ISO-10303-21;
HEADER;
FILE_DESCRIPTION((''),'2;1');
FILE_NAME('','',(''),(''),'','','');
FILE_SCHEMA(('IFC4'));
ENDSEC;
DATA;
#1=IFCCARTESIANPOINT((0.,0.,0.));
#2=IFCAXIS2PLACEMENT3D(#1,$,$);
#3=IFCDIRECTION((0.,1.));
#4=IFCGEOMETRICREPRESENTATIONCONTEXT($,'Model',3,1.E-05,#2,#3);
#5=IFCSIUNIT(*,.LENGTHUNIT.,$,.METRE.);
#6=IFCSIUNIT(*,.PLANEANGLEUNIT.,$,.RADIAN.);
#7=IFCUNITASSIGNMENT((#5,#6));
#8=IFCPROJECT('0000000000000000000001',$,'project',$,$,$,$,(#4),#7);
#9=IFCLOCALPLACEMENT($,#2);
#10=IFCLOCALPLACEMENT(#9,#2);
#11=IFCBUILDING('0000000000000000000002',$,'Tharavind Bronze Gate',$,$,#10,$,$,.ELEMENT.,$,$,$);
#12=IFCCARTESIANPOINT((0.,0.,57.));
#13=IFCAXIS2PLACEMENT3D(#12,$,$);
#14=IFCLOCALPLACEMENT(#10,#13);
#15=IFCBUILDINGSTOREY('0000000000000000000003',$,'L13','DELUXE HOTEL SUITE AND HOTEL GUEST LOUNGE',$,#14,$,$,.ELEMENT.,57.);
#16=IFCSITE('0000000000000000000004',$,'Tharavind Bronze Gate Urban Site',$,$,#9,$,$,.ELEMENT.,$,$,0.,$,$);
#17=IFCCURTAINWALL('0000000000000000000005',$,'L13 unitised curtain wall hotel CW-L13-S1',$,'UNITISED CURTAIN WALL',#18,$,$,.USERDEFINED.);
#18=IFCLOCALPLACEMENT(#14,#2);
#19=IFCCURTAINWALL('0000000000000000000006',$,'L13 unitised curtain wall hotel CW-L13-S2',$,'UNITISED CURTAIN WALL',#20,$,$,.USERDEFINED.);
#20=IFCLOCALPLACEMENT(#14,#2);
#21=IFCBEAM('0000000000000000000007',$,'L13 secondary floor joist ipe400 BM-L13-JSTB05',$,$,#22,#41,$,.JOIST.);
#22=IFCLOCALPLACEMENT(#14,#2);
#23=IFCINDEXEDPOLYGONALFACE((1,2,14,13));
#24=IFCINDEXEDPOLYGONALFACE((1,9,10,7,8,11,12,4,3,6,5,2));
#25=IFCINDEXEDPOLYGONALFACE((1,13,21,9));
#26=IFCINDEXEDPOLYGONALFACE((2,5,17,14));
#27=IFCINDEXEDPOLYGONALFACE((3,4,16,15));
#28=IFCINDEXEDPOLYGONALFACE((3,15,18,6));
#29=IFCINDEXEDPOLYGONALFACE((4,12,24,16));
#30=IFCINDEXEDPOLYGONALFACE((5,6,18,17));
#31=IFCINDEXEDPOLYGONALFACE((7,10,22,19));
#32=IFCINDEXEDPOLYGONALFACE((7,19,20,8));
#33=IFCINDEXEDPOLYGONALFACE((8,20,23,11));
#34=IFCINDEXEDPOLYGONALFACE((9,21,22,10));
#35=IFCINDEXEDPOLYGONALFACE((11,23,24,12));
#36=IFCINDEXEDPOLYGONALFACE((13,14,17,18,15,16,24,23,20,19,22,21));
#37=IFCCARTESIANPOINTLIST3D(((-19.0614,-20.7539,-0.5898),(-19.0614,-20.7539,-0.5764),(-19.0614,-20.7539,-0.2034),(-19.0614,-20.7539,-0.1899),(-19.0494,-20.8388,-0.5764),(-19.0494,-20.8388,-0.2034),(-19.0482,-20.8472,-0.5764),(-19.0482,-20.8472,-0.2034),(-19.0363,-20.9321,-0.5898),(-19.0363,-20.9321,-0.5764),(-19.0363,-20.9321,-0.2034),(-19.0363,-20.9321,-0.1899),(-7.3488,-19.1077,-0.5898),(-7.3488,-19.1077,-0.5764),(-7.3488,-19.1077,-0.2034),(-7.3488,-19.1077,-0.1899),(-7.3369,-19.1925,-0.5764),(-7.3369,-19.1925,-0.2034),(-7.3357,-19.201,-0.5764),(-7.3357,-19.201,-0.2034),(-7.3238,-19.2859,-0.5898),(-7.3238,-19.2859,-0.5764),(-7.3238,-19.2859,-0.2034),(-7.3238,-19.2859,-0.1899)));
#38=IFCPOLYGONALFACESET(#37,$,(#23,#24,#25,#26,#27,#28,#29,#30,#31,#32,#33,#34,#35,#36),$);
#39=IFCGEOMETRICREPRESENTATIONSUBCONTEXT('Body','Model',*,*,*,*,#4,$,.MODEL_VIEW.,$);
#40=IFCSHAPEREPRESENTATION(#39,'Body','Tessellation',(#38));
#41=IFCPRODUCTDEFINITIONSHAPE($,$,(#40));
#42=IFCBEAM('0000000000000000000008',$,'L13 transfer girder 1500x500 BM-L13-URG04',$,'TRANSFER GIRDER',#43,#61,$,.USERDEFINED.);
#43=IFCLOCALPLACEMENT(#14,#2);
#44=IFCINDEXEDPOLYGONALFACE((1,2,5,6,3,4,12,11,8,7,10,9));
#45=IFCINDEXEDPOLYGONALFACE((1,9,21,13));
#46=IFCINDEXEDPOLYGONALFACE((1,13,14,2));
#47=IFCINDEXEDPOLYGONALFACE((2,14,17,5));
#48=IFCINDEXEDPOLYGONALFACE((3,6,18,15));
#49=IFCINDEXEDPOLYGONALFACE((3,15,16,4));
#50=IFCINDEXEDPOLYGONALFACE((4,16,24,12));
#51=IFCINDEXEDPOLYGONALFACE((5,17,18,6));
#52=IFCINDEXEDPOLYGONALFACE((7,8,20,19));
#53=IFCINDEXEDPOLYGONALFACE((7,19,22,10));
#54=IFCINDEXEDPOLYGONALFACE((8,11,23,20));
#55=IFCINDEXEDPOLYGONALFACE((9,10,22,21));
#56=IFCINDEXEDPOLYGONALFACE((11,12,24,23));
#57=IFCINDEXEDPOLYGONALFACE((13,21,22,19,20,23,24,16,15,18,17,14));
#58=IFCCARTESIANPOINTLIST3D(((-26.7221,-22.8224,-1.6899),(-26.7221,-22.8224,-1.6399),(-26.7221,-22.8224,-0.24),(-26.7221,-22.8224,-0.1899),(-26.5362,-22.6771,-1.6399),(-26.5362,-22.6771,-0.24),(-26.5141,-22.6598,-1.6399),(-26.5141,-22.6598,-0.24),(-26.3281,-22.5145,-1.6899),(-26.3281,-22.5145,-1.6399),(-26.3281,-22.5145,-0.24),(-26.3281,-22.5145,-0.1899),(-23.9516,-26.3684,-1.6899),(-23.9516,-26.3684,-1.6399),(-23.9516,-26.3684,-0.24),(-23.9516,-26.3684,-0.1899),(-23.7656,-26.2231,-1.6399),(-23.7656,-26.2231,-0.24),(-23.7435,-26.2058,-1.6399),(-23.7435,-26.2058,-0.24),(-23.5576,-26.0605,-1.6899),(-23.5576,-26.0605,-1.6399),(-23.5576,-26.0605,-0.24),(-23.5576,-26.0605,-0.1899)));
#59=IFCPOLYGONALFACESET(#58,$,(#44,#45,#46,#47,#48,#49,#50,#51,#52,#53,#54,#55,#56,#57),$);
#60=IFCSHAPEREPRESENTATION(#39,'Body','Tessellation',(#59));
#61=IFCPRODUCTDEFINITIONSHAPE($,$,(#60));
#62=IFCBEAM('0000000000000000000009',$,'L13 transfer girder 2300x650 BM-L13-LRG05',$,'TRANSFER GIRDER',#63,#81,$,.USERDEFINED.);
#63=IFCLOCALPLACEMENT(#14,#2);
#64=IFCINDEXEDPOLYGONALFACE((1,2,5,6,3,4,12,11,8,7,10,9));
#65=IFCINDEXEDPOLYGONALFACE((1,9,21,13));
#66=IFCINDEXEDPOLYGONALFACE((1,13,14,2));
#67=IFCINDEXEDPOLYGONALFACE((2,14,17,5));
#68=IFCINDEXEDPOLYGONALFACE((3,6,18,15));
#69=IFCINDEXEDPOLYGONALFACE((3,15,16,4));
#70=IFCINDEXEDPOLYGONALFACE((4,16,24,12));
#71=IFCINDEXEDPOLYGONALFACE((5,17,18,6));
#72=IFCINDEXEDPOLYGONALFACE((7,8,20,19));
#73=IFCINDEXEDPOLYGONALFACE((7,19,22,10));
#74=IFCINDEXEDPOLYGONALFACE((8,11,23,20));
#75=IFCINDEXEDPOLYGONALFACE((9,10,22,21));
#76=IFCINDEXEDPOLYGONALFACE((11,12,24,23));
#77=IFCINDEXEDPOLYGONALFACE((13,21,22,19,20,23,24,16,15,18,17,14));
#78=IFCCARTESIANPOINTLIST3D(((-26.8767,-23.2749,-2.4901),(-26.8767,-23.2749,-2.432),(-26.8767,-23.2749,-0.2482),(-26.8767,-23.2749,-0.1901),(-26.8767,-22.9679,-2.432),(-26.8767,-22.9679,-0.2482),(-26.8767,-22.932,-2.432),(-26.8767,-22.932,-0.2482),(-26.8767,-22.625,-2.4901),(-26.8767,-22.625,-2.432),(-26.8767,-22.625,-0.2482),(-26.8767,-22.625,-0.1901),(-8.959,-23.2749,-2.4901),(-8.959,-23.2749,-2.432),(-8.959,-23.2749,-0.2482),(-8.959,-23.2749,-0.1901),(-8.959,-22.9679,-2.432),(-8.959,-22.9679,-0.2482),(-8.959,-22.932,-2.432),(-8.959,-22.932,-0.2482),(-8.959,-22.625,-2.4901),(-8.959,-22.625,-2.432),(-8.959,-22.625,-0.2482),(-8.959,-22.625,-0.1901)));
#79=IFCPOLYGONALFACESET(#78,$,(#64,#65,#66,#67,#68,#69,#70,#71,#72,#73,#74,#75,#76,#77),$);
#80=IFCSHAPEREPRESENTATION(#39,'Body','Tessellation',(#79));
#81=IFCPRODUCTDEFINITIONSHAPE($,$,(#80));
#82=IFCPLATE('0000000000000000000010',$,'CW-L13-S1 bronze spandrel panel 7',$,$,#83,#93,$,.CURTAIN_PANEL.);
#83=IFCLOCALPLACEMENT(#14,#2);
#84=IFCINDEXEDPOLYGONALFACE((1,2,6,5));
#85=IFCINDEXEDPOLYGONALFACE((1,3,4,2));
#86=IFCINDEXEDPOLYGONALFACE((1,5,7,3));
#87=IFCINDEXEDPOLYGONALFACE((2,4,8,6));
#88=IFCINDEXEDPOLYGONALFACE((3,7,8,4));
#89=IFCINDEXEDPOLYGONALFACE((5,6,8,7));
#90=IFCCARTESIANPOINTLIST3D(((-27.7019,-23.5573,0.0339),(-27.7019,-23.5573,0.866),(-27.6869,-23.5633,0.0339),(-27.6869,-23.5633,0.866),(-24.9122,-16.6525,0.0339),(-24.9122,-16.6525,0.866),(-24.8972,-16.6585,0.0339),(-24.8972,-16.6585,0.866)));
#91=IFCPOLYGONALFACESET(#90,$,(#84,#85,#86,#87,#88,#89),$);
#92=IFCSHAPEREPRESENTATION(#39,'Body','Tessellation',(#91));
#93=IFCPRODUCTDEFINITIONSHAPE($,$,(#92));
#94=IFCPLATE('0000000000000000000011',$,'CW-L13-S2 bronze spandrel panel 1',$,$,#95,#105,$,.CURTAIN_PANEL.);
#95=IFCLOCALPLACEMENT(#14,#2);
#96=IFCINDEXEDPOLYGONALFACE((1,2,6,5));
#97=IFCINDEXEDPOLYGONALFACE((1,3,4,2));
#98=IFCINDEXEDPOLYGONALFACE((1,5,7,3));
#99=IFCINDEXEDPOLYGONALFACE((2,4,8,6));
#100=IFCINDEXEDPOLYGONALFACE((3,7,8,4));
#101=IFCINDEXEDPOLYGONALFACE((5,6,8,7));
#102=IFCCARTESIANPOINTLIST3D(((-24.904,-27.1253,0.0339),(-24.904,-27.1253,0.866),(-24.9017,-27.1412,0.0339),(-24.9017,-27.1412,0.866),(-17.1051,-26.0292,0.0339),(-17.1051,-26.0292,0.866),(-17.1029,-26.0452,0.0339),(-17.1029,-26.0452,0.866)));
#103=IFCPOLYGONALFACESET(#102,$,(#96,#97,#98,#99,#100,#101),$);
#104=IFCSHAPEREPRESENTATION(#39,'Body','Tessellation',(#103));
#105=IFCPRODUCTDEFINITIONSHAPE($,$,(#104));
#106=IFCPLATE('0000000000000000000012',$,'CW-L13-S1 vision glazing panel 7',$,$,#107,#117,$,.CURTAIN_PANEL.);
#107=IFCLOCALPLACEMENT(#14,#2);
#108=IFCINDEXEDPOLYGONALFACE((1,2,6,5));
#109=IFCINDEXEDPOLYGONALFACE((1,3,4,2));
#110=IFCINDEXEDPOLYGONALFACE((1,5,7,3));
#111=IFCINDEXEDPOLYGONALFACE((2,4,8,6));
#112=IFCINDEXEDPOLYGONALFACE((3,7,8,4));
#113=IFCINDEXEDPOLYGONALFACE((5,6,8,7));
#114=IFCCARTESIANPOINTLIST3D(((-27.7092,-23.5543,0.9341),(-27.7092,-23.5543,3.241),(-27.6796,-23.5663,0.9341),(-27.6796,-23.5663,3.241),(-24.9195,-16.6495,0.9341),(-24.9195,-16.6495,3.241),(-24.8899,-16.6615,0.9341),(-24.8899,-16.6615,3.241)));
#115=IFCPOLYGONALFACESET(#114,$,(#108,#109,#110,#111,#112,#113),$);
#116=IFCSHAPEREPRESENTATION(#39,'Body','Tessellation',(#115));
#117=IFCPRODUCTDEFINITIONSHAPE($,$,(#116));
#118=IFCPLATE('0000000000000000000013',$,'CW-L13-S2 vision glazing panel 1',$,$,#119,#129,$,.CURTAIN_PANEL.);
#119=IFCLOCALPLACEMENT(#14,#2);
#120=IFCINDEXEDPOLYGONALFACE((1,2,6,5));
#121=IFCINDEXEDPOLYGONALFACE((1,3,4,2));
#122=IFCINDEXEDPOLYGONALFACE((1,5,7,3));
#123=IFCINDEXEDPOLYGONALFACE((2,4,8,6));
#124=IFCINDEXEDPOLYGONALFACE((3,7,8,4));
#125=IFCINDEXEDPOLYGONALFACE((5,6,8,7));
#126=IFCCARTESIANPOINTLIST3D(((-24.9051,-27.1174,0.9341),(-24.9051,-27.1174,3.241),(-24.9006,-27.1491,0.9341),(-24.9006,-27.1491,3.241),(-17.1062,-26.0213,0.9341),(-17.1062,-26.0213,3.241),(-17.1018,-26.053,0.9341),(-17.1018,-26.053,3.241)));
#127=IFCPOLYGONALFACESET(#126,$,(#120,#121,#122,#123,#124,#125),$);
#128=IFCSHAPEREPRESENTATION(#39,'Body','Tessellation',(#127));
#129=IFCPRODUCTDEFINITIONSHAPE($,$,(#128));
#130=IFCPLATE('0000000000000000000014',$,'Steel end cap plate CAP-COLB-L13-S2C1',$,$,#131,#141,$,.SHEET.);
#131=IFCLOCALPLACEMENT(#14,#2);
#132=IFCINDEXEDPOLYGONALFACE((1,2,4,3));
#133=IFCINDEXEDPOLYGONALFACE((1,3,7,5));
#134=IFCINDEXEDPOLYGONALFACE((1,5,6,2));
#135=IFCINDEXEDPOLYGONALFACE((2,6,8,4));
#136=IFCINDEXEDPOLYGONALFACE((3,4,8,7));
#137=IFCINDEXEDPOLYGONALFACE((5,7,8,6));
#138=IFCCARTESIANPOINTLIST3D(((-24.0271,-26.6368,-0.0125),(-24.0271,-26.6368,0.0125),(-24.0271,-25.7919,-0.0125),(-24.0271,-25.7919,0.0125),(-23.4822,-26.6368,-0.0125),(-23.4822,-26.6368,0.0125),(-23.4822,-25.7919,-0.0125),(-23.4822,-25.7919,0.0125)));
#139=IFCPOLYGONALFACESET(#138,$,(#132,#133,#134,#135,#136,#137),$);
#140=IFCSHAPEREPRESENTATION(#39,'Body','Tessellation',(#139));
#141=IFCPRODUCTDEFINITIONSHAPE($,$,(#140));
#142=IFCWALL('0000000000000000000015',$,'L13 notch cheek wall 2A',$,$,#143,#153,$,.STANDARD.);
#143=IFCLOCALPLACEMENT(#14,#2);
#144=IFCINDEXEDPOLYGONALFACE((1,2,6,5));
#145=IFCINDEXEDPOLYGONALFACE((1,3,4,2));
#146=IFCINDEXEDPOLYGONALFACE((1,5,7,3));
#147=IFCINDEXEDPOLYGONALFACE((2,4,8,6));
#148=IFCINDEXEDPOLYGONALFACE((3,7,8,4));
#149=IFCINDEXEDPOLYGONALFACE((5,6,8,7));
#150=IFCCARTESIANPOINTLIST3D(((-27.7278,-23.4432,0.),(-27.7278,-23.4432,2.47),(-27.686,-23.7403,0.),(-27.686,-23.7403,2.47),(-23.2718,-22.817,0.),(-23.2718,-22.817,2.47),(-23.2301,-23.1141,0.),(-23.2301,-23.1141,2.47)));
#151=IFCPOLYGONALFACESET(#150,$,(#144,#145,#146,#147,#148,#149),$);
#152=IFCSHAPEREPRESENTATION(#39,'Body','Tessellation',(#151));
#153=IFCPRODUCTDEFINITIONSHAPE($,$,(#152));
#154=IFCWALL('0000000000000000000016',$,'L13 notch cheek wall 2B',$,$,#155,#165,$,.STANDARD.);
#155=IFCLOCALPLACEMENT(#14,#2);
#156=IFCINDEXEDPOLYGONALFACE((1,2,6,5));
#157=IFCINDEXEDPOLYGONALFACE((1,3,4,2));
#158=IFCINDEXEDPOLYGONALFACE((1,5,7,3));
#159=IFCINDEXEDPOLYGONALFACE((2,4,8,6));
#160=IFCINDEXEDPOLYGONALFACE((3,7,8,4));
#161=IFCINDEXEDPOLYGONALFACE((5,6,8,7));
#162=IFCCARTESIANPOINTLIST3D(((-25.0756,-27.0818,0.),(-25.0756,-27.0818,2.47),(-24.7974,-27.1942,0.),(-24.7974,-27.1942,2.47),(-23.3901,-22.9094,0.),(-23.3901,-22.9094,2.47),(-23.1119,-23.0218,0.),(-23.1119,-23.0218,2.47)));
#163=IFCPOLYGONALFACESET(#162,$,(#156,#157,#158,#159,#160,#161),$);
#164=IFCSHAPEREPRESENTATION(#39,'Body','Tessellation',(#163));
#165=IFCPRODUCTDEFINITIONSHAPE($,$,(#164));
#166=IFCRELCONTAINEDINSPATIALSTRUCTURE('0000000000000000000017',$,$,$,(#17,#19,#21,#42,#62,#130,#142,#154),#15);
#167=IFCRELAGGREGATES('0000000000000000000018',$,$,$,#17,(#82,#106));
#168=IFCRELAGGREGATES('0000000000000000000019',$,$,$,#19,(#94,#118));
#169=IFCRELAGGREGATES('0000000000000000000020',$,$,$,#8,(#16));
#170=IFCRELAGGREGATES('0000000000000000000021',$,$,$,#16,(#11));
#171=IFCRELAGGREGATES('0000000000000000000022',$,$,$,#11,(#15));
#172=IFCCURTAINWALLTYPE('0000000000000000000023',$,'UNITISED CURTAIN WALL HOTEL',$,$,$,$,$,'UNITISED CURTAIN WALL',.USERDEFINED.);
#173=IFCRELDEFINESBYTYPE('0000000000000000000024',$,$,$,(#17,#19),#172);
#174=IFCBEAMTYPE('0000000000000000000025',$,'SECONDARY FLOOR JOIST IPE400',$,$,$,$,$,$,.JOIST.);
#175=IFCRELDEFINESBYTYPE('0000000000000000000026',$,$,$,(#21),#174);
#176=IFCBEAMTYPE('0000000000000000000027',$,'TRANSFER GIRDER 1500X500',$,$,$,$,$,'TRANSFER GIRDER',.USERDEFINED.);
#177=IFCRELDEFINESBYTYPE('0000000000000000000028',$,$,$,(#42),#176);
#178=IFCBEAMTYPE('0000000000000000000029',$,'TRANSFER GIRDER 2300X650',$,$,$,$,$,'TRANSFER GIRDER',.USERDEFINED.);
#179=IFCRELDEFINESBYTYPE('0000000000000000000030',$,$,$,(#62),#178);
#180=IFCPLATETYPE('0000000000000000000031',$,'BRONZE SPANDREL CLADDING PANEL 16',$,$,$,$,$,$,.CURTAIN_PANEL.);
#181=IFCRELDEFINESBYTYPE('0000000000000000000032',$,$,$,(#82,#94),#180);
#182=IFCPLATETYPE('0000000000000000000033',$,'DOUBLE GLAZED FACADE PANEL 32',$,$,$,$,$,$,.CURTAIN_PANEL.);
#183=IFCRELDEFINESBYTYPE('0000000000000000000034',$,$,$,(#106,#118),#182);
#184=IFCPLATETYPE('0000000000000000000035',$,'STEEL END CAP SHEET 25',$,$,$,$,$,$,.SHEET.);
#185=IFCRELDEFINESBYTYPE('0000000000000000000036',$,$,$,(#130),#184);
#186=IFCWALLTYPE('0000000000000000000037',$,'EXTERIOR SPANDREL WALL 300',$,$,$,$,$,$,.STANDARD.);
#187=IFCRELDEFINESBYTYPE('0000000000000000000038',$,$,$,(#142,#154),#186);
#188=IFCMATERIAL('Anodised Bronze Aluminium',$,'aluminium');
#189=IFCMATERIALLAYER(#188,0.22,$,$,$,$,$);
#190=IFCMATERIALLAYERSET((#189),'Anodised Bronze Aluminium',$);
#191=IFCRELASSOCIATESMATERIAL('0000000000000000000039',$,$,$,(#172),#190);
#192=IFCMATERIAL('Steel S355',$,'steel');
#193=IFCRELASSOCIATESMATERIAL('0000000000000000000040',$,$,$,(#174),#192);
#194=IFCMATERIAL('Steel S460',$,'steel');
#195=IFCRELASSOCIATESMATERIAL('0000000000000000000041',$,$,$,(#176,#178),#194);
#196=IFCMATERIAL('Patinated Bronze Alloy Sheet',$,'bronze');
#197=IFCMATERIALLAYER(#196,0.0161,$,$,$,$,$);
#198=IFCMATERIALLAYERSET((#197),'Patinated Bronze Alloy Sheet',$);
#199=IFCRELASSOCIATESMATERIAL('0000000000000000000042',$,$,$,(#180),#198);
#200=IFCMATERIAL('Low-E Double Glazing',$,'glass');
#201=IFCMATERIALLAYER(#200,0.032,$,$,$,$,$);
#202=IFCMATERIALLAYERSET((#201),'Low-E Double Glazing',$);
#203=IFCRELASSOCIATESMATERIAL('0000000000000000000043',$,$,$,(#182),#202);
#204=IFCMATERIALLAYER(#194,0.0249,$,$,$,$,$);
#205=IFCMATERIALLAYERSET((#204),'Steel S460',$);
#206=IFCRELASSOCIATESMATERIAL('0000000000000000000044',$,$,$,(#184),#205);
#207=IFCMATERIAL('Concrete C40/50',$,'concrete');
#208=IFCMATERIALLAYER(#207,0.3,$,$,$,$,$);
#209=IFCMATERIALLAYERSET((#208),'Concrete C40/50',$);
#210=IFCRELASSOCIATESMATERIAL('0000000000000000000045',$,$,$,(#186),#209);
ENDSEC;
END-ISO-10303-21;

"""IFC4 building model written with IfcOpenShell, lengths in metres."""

from ifc_helpers import new_model, si_unit, direction, frame, frame_2d, origin, origin_2d, place, context, subcontext, project, spatial, rectangle, i_section, extrude, material, layer, layer_set, material_profile, profile_set, type_object, element, aggregate, save


model = new_model("IFC4")

# Units and contexts
model_context = context("Model", 3, precision=1e-05, world=origin(), true_north=direction((0.0, 1.0)))
body_context = subcontext(model_context, "Body", "Model", "MODEL_VIEW")
ifc_project = project(units=[si_unit("LENGTHUNIT", "METRE"), si_unit("PLANEANGLEUNIT", "RADIAN")], contexts=[model_context])

# Site, building, storey
site_placement = place(None, origin())
site = spatial("IfcSite", under=ifc_project, at=site_placement, Name="Tharavind Bronze Gate Urban Site", CompositionType="ELEMENT", RefElevation=0.0)
building_placement = place(site_placement, origin())
building = spatial("IfcBuilding", under=site, at=building_placement, Name="Tharavind Bronze Gate", CompositionType="ELEMENT")
storey_placement = place(building_placement, frame((0.0, 0.0, 57.0)))
storey = spatial("IfcBuildingStorey", under=building, at=storey_placement, Name="L13", Description="DELUXE HOTEL SUITE AND HOTEL GUEST LOUNGE", CompositionType="ELEMENT", Elevation=57.0)

# Shared definitions
ifc_material_1 = material(Name="Steel S460", Category="steel")

# Curtain wall
ifc_material_2 = material(Name="Anodised Bronze Aluminium", Category="aluminium")
ifc_layer_1 = layer(ifc_material_2, 0.22)
ifc_layer_set_1 = layer_set([ifc_layer_1], Name="Anodised Bronze Aluminium")
curtain_wall_type = type_object("IfcCurtainWallType", Name="UNITISED CURTAIN WALL HOTEL", ElementType="UNITISED CURTAIN WALL", PredefinedType="USERDEFINED", material=ifc_layer_set_1)
curtain_wall_1_placement = place(storey_placement, origin())
curtain_wall_1 = element("IfcCurtainWall", 1, at=curtain_wall_1_placement, inside=storey, type_object=curtain_wall_type, Name="L13 unitised curtain wall hotel CW-L13-S1", ObjectType="UNITISED CURTAIN WALL", PredefinedType="USERDEFINED")

# Curtain wall
curtain_wall_2_placement = place(storey_placement, origin())
curtain_wall_2 = element("IfcCurtainWall", 2, at=curtain_wall_2_placement, inside=storey, type_object=curtain_wall_type, Name="L13 unitised curtain wall hotel CW-L13-S2", ObjectType="UNITISED CURTAIN WALL", PredefinedType="USERDEFINED")

# Beams
ifc_material_3 = material(Name="Steel S355", Category="steel")
ifc_material_profile_1 = material_profile(ifc_material_3, i_section(OverallWidth=0.1799, OverallDepth=0.3999, WebThickness=0.0085, FlangeThickness=0.0134, at=origin_2d()), Name="IPE400")
ifc_profile_set_1 = profile_set([ifc_material_profile_1], Name="Steel S355")
beam_type_1 = type_object("IfcBeamType", Name="SECONDARY FLOOR JOIST IPE400", PredefinedType="JOIST", material=ifc_profile_set_1)
beam_1_placement = place(storey_placement, frame((-19.0488, -20.843, -0.3899), z_axis=(0.990266, 0.139187, 0.0), x_axis=(-0.139187, 0.990266, 0.0)))
element("IfcBeam", 3, at=beam_1_placement, inside=storey, type_object=beam_type_1, Name="L13 secondary floor joist ipe400 BM-L13-JSTB05", PredefinedType="JOIST", context=body_context, shape_type="SweptSolid", body=[
    extrude(i_section(OverallWidth=0.1799, OverallDepth=0.3999, WebThickness=0.0085, FlangeThickness=0.0134, at=origin_2d()), origin(), (0.0, 0.0, 1.0), 11.8276),
])
ifc_material_profile_2 = material_profile(ifc_material_1, i_section(OverallWidth=0.5, OverallDepth=1.5, WebThickness=0.0281, FlangeThickness=0.05, at=origin_2d()), Name="PG1500X500")
ifc_profile_set_2 = profile_set([ifc_material_profile_2], Name="Steel S460")
beam_type_2 = type_object("IfcBeamType", Name="TRANSFER GIRDER 1500X500", ElementType="TRANSFER GIRDER", PredefinedType="USERDEFINED", material=ifc_profile_set_2)
beam_2_placement = place(storey_placement, frame((-26.5251, -22.6685, -0.9399), z_axis=(0.615682, -0.787995, 0.0), x_axis=(0.787995, 0.615682, 0.0)))
element("IfcBeam", 4, at=beam_2_placement, inside=storey, type_object=beam_type_2, Name="L13 transfer girder 1500x500 BM-L13-URG04", ObjectType="TRANSFER GIRDER", PredefinedType="USERDEFINED", context=body_context, shape_type="SweptSolid", body=[
    extrude(i_section(OverallWidth=0.5, OverallDepth=1.5, WebThickness=0.0281, FlangeThickness=0.05, at=origin_2d()), origin(), (0.0, 0.0, 1.0), 4.5),
])
ifc_material_profile_3 = material_profile(ifc_material_1, i_section(OverallWidth=0.6499, OverallDepth=2.3, WebThickness=0.0359, FlangeThickness=0.0581, at=origin_2d()), Name="PG2300X650")
ifc_profile_set_3 = profile_set([ifc_material_profile_3], Name="Steel S460")
beam_type_3 = type_object("IfcBeamType", Name="TRANSFER GIRDER 2300X650", ElementType="TRANSFER GIRDER", PredefinedType="USERDEFINED", material=ifc_profile_set_3)
beam_3_placement = place(storey_placement, frame((-26.8767, -22.95, -1.3401), z_axis=(1.0, 0.0, 0.0), x_axis=(0.0, 1.0, 0.0)))
element("IfcBeam", 5, at=beam_3_placement, inside=storey, type_object=beam_type_3, Name="L13 transfer girder 2300x650 BM-L13-LRG05", ObjectType="TRANSFER GIRDER", PredefinedType="USERDEFINED", context=body_context, shape_type="SweptSolid", body=[
    extrude(i_section(OverallWidth=0.6499, OverallDepth=2.3, WebThickness=0.0359, FlangeThickness=0.0581, at=origin_2d()), origin(), (0.0, 0.0, 1.0), 17.9177),
])

# Plates
ifc_material_4 = material(Name="Patinated Bronze Alloy Sheet", Category="bronze")
ifc_layer_2 = layer(ifc_material_4, 0.0161)
ifc_layer_set_2 = layer_set([ifc_layer_2], Name="Patinated Bronze Alloy Sheet")
plate_type_1 = type_object("IfcPlateType", Name="BRONZE SPANDREL CLADDING PANEL 16", PredefinedType="CURTAIN_PANEL", material=ifc_layer_set_2)
plate_1_placement = place(storey_placement, frame((-26.2996, -20.1079, 0.0339), z_axis=(0.0, 0.0, 1.0), x_axis=(-0.374607, -0.927184, 0.0)))
plate_1 = element("IfcPlate", 6, at=plate_1_placement, type_object=plate_type_1, Name="CW-L13-S1 bronze spandrel panel 7", PredefinedType="CURTAIN_PANEL", context=body_context, shape_type="SweptSolid", body=[
    extrude(rectangle(XDim=7.447, YDim=0.0161, at=origin_2d()), origin(), (0.0, 0.0, 1.0), 0.832),
])
plate_2_placement = place(storey_placement, frame((-21.0034, -26.5852, 0.0339), z_axis=(0.0, 0.0, 1.0), x_axis=(0.990268, 0.139173, 0.0)))
plate_2 = element("IfcPlate", 7, at=plate_2_placement, type_object=plate_type_1, Name="CW-L13-S2 bronze spandrel panel 1", PredefinedType="CURTAIN_PANEL", context=body_context, shape_type="SweptSolid", body=[
    extrude(rectangle(XDim=7.8755, YDim=0.0161, at=origin_2d()), origin(), (0.0, 0.0, 1.0), 0.832),
])
ifc_material_5 = material(Name="Low-E Double Glazing", Category="glass")
ifc_layer_3 = layer(ifc_material_5, 0.032)
ifc_layer_set_3 = layer_set([ifc_layer_3], Name="Low-E Double Glazing")
plate_type_2 = type_object("IfcPlateType", Name="DOUBLE GLAZED FACADE PANEL 32", PredefinedType="CURTAIN_PANEL", material=ifc_layer_set_3)
plate_3_placement = place(storey_placement, frame((-26.2996, -20.1079, 0.9341), z_axis=(0.0, 0.0, 1.0), x_axis=(-0.374607, -0.927184, 0.0)))
plate_3 = element("IfcPlate", 8, at=plate_3_placement, type_object=plate_type_2, Name="CW-L13-S1 vision glazing panel 7", PredefinedType="CURTAIN_PANEL", context=body_context, shape_type="SweptSolid", body=[
    extrude(rectangle(XDim=7.447, YDim=0.032, at=origin_2d()), origin(), (0.0, 0.0, 1.0), 2.3069),
])
aggregate(curtain_wall_1, [plate_1, plate_3])
plate_4_placement = place(storey_placement, frame((-21.0034, -26.5852, 0.9341), z_axis=(0.0, 0.0, 1.0), x_axis=(0.990268, 0.139173, 0.0)))
plate_4 = element("IfcPlate", 9, at=plate_4_placement, type_object=plate_type_2, Name="CW-L13-S2 vision glazing panel 1", PredefinedType="CURTAIN_PANEL", context=body_context, shape_type="SweptSolid", body=[
    extrude(rectangle(XDim=7.8755, YDim=0.032, at=origin_2d()), origin(), (0.0, 0.0, 1.0), 2.3069),
])
aggregate(curtain_wall_2, [plate_2, plate_4])
ifc_layer_4 = layer(ifc_material_1, 0.0249)
ifc_layer_set_4 = layer_set([ifc_layer_4], Name="Steel S460")
plate_type_3 = type_object("IfcPlateType", Name="STEEL END CAP SHEET 25", PredefinedType="SHEET", material=ifc_layer_set_4)
plate_5_placement = place(storey_placement, frame((-23.7546, -26.2144, -0.0125), z_axis=(0.0, 0.0, 1.0), x_axis=(1.0, 0.0, 0.0)))
element("IfcPlate", 10, at=plate_5_placement, inside=storey, type_object=plate_type_3, Name="Steel end cap plate CAP-COLB-L13-S2C1", PredefinedType="SHEET", context=body_context, shape_type="SweptSolid", body=[
    extrude(rectangle(XDim=0.5449, YDim=0.845, at=origin_2d()), origin(), (0.0, 0.0, 1.0), 0.0249),
])

# Walls
ifc_material_6 = material(Name="Concrete C40/50", Category="concrete")
ifc_layer_5 = layer(ifc_material_6, 0.3)
ifc_layer_set_5 = layer_set([ifc_layer_5], Name="Concrete C40/50")
wall_type = type_object("IfcWallType", Name="EXTERIOR SPANDREL WALL 300", PredefinedType="STANDARD", material=ifc_layer_set_5)
wall_1_placement = place(storey_placement, frame((-27.707, -23.5918, 0.0), z_axis=(0.0, 0.0, 1.0), x_axis=(0.990269, 0.139165, 0.0)))
element("IfcWall", 11, at=wall_1_placement, inside=storey, type_object=wall_type, Name="L13 notch cheek wall 2A", PredefinedType="STANDARD", context=body_context, shape_type="SweptSolid", body=[
    extrude(rectangle(XDim=4.4998, YDim=0.3, at=frame_2d((2.25, 0.0))), origin(), (0.0, 0.0, 1.0), 2.47),
])
wall_2_placement = place(storey_placement, frame((-23.251, -22.9656, 0.0), z_axis=(0.0, 0.0, 1.0), x_axis=(-0.374569, -0.927199, 0.0)))
element("IfcWall", 12, at=wall_2_placement, inside=storey, type_object=wall_type, Name="L13 notch cheek wall 2B", PredefinedType="STANDARD", context=body_context, shape_type="SweptSolid", body=[
    extrude(rectangle(XDim=4.5, YDim=0.3, at=frame_2d((2.25, 0.0))), origin(), (0.0, 0.0, 1.0), 2.47),
])

save(model, "model.ifc")
